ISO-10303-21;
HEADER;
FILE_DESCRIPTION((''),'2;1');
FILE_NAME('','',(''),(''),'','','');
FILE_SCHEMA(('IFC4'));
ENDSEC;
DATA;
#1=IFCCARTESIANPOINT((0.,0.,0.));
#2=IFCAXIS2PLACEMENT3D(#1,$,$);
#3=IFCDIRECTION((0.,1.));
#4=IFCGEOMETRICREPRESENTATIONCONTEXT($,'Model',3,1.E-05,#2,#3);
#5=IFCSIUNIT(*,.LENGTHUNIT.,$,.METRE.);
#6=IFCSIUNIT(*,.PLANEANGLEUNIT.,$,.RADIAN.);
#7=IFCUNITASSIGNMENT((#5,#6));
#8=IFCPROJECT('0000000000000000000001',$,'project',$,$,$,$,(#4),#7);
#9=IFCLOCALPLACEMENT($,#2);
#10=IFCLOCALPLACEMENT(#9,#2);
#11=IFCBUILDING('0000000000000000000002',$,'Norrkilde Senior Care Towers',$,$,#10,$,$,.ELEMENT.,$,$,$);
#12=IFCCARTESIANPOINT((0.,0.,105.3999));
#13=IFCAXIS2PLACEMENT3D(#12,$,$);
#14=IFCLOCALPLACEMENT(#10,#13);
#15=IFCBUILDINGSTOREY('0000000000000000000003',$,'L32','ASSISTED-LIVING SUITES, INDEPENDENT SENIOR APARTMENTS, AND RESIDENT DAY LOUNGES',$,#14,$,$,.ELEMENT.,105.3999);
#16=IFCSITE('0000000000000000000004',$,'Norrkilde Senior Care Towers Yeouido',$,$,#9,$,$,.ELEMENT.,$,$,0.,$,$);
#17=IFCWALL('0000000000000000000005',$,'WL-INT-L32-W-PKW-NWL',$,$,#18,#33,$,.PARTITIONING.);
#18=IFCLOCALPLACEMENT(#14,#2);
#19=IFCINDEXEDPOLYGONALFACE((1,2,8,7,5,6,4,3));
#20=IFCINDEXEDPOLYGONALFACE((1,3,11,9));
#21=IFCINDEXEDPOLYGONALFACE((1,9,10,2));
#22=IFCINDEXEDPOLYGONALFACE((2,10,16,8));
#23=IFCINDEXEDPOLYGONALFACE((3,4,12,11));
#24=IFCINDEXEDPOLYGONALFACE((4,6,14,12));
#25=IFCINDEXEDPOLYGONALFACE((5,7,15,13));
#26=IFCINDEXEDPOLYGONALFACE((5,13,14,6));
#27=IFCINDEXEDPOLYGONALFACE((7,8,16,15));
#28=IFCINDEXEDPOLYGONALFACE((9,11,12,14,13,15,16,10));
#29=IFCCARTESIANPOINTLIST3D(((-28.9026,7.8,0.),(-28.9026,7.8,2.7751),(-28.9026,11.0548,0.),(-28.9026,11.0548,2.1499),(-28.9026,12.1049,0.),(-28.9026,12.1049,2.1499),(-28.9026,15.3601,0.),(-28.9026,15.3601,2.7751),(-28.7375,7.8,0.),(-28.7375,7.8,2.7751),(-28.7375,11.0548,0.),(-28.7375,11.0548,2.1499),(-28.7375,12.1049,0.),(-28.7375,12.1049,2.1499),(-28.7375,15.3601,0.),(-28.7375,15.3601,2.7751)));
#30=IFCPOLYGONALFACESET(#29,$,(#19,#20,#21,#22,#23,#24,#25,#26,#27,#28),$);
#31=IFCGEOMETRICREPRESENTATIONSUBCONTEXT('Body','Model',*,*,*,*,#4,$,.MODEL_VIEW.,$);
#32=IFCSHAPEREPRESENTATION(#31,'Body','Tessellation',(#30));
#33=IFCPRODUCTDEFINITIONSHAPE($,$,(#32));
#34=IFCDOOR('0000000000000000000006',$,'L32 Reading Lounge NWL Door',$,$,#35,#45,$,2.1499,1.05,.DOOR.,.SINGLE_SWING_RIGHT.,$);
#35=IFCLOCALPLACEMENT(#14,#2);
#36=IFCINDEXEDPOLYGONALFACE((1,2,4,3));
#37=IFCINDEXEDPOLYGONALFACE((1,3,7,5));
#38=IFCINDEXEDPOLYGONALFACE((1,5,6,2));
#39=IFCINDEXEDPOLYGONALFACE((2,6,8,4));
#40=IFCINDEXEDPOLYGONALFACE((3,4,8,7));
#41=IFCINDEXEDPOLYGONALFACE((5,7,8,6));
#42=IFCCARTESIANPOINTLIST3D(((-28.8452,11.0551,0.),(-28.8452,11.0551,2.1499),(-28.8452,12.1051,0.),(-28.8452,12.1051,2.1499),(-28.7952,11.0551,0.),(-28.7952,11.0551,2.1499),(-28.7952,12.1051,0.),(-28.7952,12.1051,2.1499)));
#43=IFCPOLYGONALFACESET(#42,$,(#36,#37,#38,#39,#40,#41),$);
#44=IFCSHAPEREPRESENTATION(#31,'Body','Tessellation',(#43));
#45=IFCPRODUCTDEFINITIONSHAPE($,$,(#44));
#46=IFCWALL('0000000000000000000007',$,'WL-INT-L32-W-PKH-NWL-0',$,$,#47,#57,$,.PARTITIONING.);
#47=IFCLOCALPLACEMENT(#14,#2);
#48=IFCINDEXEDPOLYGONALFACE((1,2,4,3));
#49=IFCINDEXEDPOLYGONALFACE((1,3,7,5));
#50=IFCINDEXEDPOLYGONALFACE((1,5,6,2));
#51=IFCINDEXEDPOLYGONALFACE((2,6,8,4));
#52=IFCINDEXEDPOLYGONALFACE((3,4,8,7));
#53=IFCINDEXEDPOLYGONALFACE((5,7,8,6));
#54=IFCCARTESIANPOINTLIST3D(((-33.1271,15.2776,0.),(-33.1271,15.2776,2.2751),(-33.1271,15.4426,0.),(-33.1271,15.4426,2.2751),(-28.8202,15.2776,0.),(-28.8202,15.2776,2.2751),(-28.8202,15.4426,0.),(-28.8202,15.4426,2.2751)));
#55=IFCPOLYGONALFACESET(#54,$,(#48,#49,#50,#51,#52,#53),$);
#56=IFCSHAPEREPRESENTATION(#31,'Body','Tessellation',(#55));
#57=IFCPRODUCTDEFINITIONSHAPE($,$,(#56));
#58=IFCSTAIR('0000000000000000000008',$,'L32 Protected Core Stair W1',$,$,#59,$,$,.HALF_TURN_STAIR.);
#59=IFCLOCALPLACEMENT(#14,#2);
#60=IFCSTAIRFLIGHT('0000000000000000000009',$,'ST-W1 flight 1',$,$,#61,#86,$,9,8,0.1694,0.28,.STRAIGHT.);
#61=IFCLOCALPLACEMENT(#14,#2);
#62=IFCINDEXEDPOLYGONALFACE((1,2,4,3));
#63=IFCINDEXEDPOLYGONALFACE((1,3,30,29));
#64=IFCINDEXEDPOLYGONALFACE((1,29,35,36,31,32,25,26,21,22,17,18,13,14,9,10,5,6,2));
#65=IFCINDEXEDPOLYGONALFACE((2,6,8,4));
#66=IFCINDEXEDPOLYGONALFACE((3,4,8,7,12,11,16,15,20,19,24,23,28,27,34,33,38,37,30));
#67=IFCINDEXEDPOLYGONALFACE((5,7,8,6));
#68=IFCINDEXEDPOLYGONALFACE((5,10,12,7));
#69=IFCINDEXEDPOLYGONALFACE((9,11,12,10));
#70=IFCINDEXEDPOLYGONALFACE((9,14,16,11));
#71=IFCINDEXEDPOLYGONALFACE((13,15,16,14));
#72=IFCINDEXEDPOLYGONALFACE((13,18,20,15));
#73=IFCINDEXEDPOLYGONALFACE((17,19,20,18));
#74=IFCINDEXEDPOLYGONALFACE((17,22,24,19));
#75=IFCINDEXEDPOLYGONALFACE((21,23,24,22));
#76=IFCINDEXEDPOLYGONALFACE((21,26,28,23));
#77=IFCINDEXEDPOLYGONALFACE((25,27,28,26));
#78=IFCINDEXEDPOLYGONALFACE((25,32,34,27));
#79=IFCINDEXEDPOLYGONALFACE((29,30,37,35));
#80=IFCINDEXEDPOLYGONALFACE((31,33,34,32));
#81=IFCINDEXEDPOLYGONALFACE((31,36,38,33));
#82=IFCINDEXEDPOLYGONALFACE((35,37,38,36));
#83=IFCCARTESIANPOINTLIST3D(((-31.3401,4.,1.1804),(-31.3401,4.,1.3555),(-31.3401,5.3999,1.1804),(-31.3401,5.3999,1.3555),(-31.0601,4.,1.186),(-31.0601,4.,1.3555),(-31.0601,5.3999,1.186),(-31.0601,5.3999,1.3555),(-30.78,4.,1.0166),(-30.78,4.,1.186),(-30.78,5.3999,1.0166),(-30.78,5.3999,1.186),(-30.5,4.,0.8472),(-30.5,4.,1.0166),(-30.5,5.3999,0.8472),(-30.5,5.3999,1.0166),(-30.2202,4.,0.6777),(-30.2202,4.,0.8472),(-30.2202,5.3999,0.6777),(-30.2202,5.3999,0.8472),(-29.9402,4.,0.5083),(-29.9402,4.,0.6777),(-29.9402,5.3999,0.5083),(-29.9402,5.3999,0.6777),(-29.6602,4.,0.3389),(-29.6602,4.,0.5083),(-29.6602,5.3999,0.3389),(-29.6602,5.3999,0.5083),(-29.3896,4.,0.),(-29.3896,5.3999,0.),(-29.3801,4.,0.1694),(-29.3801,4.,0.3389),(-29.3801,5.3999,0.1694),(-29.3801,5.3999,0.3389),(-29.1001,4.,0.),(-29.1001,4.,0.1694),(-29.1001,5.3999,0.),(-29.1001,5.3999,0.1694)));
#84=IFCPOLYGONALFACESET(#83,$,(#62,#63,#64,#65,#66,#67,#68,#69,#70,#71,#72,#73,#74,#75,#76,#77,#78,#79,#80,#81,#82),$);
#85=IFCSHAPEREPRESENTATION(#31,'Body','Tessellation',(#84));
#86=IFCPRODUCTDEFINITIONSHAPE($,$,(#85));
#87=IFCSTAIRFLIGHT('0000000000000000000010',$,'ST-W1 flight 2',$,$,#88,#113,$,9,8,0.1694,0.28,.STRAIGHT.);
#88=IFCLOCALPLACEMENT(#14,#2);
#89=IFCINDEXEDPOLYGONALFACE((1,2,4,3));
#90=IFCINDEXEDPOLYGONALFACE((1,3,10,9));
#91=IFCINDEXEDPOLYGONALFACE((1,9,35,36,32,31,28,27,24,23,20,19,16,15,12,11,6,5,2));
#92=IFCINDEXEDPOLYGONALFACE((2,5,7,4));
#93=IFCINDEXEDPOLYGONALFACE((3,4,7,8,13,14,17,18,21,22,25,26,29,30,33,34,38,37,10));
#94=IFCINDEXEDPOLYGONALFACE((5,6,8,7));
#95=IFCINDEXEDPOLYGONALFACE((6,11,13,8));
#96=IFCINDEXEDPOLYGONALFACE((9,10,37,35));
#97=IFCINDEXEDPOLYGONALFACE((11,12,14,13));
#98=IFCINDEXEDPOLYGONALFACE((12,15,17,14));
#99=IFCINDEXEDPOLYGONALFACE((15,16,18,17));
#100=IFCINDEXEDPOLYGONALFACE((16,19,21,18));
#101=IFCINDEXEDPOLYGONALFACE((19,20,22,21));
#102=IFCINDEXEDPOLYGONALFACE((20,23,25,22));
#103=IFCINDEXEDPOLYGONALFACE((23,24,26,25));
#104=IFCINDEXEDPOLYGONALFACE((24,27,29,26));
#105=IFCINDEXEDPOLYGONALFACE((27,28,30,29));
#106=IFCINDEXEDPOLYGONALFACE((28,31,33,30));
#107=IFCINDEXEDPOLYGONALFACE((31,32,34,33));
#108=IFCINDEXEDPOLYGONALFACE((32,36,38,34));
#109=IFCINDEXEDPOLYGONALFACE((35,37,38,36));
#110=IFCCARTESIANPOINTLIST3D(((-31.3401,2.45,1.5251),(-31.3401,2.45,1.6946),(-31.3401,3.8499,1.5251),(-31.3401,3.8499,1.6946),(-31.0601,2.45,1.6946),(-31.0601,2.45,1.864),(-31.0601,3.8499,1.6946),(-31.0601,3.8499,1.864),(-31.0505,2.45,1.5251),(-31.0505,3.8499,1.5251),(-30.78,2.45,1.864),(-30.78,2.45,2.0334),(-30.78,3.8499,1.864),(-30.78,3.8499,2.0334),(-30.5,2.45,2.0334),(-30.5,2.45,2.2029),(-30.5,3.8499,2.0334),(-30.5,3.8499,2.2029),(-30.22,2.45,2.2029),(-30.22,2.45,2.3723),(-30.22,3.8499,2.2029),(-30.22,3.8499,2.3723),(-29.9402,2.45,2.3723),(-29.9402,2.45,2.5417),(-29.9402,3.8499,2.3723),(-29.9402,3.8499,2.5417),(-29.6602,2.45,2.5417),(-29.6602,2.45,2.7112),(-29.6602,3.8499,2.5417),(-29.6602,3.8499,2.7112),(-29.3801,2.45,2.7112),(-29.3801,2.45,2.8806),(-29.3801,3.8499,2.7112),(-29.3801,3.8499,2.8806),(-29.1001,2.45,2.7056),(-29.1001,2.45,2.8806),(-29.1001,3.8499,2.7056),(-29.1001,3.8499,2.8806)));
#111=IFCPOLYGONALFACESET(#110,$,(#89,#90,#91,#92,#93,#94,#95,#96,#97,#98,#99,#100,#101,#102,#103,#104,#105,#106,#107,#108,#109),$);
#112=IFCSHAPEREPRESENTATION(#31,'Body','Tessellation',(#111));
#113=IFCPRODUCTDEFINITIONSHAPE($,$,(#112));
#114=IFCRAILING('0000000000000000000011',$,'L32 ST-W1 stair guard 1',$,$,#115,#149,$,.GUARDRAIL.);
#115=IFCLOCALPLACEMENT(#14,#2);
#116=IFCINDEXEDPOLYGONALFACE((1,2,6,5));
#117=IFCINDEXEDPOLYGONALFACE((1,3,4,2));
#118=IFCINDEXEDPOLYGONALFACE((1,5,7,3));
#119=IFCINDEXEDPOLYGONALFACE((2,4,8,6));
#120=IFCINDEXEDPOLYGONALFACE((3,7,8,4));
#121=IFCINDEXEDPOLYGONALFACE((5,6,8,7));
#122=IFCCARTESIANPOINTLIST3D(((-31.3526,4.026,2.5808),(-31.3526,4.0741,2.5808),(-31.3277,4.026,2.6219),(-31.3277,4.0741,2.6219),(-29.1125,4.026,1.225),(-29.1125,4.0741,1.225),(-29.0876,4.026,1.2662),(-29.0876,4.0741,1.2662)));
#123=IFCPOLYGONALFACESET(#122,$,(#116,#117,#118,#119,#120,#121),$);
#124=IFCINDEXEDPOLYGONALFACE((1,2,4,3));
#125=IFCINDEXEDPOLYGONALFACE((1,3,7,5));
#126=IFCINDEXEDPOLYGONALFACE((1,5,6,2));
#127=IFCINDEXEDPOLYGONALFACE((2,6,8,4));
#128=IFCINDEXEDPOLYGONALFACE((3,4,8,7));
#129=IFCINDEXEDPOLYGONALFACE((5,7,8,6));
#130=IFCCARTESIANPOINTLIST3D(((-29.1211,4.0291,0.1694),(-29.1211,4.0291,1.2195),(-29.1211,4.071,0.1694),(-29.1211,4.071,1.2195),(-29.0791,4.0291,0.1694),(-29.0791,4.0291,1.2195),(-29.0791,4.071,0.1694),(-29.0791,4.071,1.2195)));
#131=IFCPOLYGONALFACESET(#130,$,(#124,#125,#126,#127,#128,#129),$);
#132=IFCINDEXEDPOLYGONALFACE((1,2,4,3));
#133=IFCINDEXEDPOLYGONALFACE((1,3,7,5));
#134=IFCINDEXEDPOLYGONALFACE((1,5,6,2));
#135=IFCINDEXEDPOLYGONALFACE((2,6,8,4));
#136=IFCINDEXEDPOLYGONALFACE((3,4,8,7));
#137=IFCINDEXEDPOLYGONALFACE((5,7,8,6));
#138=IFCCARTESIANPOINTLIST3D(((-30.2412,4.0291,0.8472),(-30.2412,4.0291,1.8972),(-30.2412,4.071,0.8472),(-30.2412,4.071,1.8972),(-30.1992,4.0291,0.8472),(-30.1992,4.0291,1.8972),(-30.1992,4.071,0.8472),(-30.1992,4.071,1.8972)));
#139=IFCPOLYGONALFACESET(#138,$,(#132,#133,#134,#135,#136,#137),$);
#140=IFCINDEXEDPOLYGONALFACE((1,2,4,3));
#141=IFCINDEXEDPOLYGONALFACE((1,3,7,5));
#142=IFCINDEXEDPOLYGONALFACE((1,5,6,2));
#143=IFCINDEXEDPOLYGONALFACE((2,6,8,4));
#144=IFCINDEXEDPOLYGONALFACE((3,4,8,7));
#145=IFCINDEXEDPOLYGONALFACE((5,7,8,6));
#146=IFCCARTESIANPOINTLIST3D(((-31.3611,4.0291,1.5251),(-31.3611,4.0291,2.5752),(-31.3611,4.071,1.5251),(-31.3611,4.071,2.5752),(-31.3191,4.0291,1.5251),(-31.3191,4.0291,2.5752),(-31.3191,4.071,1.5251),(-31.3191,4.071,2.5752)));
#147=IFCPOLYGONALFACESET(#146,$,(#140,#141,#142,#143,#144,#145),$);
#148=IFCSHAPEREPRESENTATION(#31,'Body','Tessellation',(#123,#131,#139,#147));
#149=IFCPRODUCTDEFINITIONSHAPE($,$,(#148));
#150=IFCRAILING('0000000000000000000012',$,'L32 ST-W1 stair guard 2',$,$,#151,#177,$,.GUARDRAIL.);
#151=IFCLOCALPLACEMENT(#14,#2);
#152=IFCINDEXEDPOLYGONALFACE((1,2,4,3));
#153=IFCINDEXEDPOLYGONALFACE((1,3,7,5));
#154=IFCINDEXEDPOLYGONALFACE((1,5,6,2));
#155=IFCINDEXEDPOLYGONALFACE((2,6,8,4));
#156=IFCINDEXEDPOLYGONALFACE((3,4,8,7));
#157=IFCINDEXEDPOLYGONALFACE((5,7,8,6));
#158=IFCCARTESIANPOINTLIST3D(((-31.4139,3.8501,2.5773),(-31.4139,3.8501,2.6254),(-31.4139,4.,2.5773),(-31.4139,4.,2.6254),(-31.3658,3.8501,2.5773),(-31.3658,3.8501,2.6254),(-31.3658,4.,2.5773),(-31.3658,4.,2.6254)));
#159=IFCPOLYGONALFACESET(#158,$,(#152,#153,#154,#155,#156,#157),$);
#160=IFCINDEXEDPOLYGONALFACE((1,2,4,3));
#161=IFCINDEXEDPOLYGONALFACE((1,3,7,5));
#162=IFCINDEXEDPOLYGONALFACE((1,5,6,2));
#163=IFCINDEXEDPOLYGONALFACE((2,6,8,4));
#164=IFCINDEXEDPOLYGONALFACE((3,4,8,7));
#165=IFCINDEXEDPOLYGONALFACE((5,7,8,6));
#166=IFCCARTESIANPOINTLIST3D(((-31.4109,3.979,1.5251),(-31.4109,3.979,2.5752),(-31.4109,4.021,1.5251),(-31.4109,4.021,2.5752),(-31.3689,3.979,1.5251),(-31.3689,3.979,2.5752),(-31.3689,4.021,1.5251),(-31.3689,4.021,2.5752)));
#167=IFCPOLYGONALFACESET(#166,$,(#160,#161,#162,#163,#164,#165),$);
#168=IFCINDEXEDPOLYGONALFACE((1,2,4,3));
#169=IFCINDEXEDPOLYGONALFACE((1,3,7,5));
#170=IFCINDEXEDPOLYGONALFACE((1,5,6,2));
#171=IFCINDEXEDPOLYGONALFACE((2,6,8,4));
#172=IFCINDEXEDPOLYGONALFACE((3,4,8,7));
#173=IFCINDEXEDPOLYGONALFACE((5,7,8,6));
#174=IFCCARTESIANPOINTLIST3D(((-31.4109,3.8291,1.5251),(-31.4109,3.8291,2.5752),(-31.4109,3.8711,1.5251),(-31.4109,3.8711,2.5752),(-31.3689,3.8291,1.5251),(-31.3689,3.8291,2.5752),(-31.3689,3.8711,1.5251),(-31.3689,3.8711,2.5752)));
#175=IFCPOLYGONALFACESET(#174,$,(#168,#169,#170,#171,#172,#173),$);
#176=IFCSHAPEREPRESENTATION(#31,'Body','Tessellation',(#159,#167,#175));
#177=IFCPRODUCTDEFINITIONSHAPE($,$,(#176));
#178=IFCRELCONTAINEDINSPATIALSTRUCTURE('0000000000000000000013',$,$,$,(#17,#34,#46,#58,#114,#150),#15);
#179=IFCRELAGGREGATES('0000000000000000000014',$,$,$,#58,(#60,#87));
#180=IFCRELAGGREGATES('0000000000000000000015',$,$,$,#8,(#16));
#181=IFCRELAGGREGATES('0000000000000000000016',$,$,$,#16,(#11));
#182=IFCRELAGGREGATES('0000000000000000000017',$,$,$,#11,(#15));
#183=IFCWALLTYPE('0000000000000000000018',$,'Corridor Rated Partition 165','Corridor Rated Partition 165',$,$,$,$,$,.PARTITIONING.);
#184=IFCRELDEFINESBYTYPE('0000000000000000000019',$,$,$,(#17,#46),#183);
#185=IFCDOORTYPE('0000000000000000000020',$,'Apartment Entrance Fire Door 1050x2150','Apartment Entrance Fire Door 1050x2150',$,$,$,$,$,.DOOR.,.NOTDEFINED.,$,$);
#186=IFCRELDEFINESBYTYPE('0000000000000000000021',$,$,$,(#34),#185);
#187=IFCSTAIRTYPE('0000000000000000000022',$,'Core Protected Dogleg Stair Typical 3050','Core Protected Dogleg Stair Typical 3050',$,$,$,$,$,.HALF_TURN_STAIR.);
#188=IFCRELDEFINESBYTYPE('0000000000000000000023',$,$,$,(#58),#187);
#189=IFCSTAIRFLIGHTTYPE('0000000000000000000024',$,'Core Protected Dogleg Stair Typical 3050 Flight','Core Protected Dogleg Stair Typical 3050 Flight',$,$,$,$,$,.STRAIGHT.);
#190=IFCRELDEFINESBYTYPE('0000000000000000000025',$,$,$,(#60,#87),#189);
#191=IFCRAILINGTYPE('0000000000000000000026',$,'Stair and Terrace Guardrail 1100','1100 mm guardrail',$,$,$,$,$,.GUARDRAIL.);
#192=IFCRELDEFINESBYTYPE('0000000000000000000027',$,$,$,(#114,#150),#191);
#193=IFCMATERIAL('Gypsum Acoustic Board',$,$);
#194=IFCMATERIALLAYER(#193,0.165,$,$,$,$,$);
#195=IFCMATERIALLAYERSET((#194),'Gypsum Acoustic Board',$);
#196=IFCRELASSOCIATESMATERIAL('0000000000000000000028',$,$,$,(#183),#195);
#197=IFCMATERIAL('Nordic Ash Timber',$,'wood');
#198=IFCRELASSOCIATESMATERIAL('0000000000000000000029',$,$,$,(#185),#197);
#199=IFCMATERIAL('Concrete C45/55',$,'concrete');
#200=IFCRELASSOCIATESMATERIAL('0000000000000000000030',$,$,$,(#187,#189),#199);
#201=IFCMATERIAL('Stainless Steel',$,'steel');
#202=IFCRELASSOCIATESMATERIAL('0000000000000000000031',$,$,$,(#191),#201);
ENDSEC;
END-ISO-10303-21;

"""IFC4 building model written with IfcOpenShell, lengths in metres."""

from ifc_helpers import new_model, si_unit, direction, frame, frame_2d, origin, origin_2d, place, context, subcontext, project, spatial, polyline, rectangle, outline, extrude, source, transform, mapped, material, layer, layer_set, type_object, type_shapes, element, fill, aggregate, save


model = new_model("IFC4")

# Units and contexts
model_context = context("Model", 3, precision=1e-05, world=origin(), true_north=direction((0.0, 1.0)))
body_context = subcontext(model_context, "Body", "Model", "MODEL_VIEW")
ifc_project = project(units=[si_unit("LENGTHUNIT", "METRE"), si_unit("PLANEANGLEUNIT", "RADIAN")], contexts=[model_context])

# Site, building, storey
site_placement = place(None, origin())
site = spatial("IfcSite", under=ifc_project, at=site_placement, Name="Norrkilde Senior Care Towers Yeouido", CompositionType="ELEMENT", RefElevation=0.0)
building_placement = place(site_placement, origin())
building = spatial("IfcBuilding", under=site, at=building_placement, Name="Norrkilde Senior Care Towers", CompositionType="ELEMENT")
storey_placement = place(building_placement, frame((0.0, 0.0, 105.3999)))
storey = spatial("IfcBuildingStorey", under=building, at=storey_placement, Name="L32", Description="ASSISTED-LIVING SUITES, INDEPENDENT SENIOR APARTMENTS, AND RESIDENT DAY LOUNGES", CompositionType="ELEMENT", Elevation=105.3999)

# Shared definitions
ifc_material_1 = material(Name="Concrete C45/55", Category="concrete")
ifc_material_2 = material(Name="Gypsum Acoustic Board")
ifc_layer_1 = layer(ifc_material_2, 0.165)
ifc_layer_set_1 = layer_set([ifc_layer_1], Name="Gypsum Acoustic Board")
wall_type_1 = type_object("IfcWallType", Name="Corridor Rated Partition 165", Description="Corridor Rated Partition 165", PredefinedType="PARTITIONING", material=ifc_layer_set_1)

# Wall, opening, door
shared_shape_1 = source(origin(), body_context, "Body", "SweptSolid", [
    extrude(rectangle(XDim=7.5601, YDim=0.165, at=frame_2d((3.78, 0.0))), origin(), (0.0, 0.0, 1.0), 2.7751),
])
wall_1_placement = place(storey_placement, frame((-28.8201, 7.8, 0.0), z_axis=(0.0, 0.0, 1.0), x_axis=(0.0, 1.0, 0.0)))
wall_1 = element("IfcWall", 1, at=wall_1_placement, inside=storey, type_object=wall_type_1, Name="WL-INT-L32-W-PKW-NWL", PredefinedType="PARTITIONING", context=body_context, shape_type="MappedRepresentation", body=[
    mapped(shared_shape_1, transform((0.0, 0.0, 0.0), x_axis=(1.0, 0.0, 0.0), y_axis=(0.0, 1.0, 0.0), z_axis=(0.0, 0.0, 1.0), scale=1.0)),
])
opening_placement = place(wall_1_placement, frame((3.2549, 0.0, 0.0)))
opening = element("IfcOpeningElement", 2, at=opening_placement, cuts=wall_1, PredefinedType="OPENING", context=body_context, shape_type="SweptSolid", body=[
    extrude(rectangle(XDim=1.05, YDim=2.1499, at=frame_2d((0.5249, 1.075))), frame((0.0, 0.0925, 0.0), z_axis=(0.0, -1.0, 0.0), x_axis=(1.0, 0.0, 0.0)), (0.0, 0.0, 1.0), 0.1851),
])
ifc_material_3 = material(Name="Nordic Ash Timber", Category="wood")
door_type = type_object("IfcDoorType", Name="Apartment Entrance Fire Door 1050x2150", Description="Apartment Entrance Fire Door 1050x2150", OperationType="NOTDEFINED", PredefinedType="DOOR", material=ifc_material_3)
shared_shape_2 = source(origin(), body_context, "Body", "SweptSolid", [
    extrude(rectangle(XDim=1.05, YDim=2.1499, at=frame_2d((0.5249, 1.075))), frame((0.0, 0.0249, 0.0), z_axis=(0.0, -1.0, 0.0), x_axis=(1.0, 0.0, 0.0)), (0.0, 0.0, 1.0), 0.05),
])
type_shapes(door_type, [shared_shape_2])
door_placement = place(opening_placement, frame((1.05, 0.0, 0.0), z_axis=(0.0, 0.0, 1.0), x_axis=(-1.0, 0.0, 0.0)))
door = element("IfcDoor", 3, at=door_placement, inside=storey, type_object=door_type, Name="L32 Reading Lounge NWL Door", OperationType="SINGLE_SWING_RIGHT", OverallHeight=2.1499, OverallWidth=1.05, PredefinedType="DOOR", context=body_context, shape_type="MappedRepresentation", body=[
    mapped(shared_shape_2, transform((0.0, 0.0, 0.0), x_axis=(1.0, 0.0, 0.0), y_axis=(0.0, 1.0, 0.0), z_axis=(0.0, 0.0, 1.0), scale=1.0)),
])
fill(opening, door)

# Wall
shared_shape_3 = source(origin(), body_context, "Body", "SweptSolid", [
    extrude(rectangle(XDim=4.3069, YDim=0.165, at=frame_2d((2.1533, 0.0))), origin(), (0.0, 0.0, 1.0), 2.2751),
])
wall_2_placement = place(storey_placement, frame((-33.127, 15.3601, 0.0), z_axis=(0.0, 0.0, 1.0), x_axis=(1.0, 0.0, 0.0)))
element("IfcWall", 4, at=wall_2_placement, inside=storey, type_object=wall_type_1, Name="WL-INT-L32-W-PKH-NWL-0", PredefinedType="PARTITIONING", context=body_context, shape_type="MappedRepresentation", body=[
    mapped(shared_shape_3, transform((0.0, 0.0, 0.0), x_axis=(1.0, 0.0, 0.0), y_axis=(0.0, 1.0, 0.0), z_axis=(0.0, 0.0, 1.0), scale=1.0)),
])

# Stair, stair flights
stair_type = type_object("IfcStairType", Name="Core Protected Dogleg Stair Typical 3050", Description="Core Protected Dogleg Stair Typical 3050", PredefinedType="HALF_TURN_STAIR", material=ifc_material_1)
stair_placement = place(storey_placement, origin())
stair = element("IfcStair", 5, at=stair_placement, inside=storey, type_object=stair_type, Name="L32 Protected Core Stair W1", PredefinedType="HALF_TURN_STAIR")
stair_flight_type = type_object("IfcStairFlightType", Name="Core Protected Dogleg Stair Typical 3050 Flight", Description="Core Protected Dogleg Stair Typical 3050 Flight", PredefinedType="STRAIGHT", material=ifc_material_1)
stair_flight_1_placement = place(storey_placement, frame((-29.1001, 4.7, 0.0), z_axis=(0.0, 0.0, 1.0), x_axis=(-1.0, 0.0, 0.0)))
stair_flight_1 = element("IfcStairFlight", 6, at=stair_flight_1_placement, type_object=stair_flight_type, Name="ST-W1 flight 1", NumberOfRisers=9, NumberOfTreads=8, PredefinedType="STRAIGHT", RiserHeight=0.1694, TreadLength=0.28, context=body_context, shape_type="SweptSolid", body=[
    extrude(outline(polyline([(0.0, 0.0), (0.0, 0.1694), (0.28, 0.1694), (0.28, 0.3389), (0.5601, 0.3389), (0.5601, 0.5083), (0.8401, 0.5083), (0.8401, 0.6777), (1.1201, 0.6777), (1.1201, 0.8472), (1.3999, 0.8472), (1.3999, 1.0166), (1.6799, 1.0166), (1.6799, 1.186), (1.96, 1.186), (1.96, 1.3555), (2.24, 1.3555), (2.24, 1.5249), (2.24, 1.1804), (0.2896, 0.0), (0.0, 0.0)])), frame((0.0, 0.7, 0.0), z_axis=(0.0, -1.0, 0.0), x_axis=(1.0, 0.0, 0.0)), (0.0, 0.0, 1.0), 1.3999),
])
stair_flight_2_placement = place(storey_placement, frame((-31.3401, 3.1499, 1.5251), z_axis=(0.0, 0.0, 1.0), x_axis=(1.0, 0.0, 0.0)))
stair_flight_2 = element("IfcStairFlight", 7, at=stair_flight_2_placement, type_object=stair_flight_type, Name="ST-W1 flight 2", NumberOfRisers=9, NumberOfTreads=8, PredefinedType="STRAIGHT", RiserHeight=0.1694, TreadLength=0.28, context=body_context, shape_type="SweptSolid", body=[
    extrude(outline(polyline([(0.0, 0.0), (0.0, 0.1694), (0.28, 0.1694), (0.28, 0.3389), (0.5601, 0.3389), (0.5601, 0.5083), (0.8401, 0.5083), (0.8401, 0.6777), (1.1201, 0.6777), (1.1201, 0.8472), (1.3999, 0.8472), (1.3999, 1.0166), (1.6799, 1.0166), (1.6799, 1.186), (1.96, 1.186), (1.96, 1.3555), (2.24, 1.3555), (2.24, 1.5249), (2.24, 1.1804), (0.2896, 0.0), (0.0, 0.0)])), frame((0.0, 0.7, 0.0), z_axis=(0.0, -1.0, 0.0), x_axis=(1.0, 0.0, 0.0)), (0.0, 0.0, 1.0), 1.3999),
])
aggregate(stair, [stair_flight_1, stair_flight_2])

# Railings
ifc_material_4 = material(Name="Stainless Steel", Category="steel")
railing_type_1 = type_object("IfcRailingType", Name="Stair and Terrace Guardrail 1100", Description="1100 mm guardrail", PredefinedType="GUARDRAIL", material=ifc_material_4)
railing_1_placement = place(storey_placement, frame((-29.1001, 4.05, 0.1694)))
element("IfcRailing", 8, at=railing_1_placement, inside=storey, type_object=railing_type_1, Name="L32 ST-W1 stair guard 1", PredefinedType="GUARDRAIL", context=body_context, shape_type="SweptSolid", body=[
    extrude(rectangle(XDim=0.0481, YDim=0.0481, at=origin_2d()), frame((0.0, 0.0, 1.0762), z_axis=(-0.855512, 0.0, 0.517783), x_axis=(0.0, -1.0, 0.0)), (0.0, 0.0, 1.0), 2.6184),
    extrude(rectangle(XDim=0.042, YDim=0.042, at=origin_2d()), origin(), (0.0, 0.0, 1.0), 1.05),
    extrude(rectangle(XDim=0.042, YDim=0.042, at=origin_2d()), frame((-1.1201, 0.0, 0.6777)), (0.0, 0.0, 1.0), 1.05),
    extrude(rectangle(XDim=0.042, YDim=0.042, at=origin_2d()), frame((-2.24, 0.0, 1.3557)), (0.0, 0.0, 1.0), 1.05),
])
railing_2_placement = place(storey_placement, frame((-31.3899, 4.0, 1.5251)))
element("IfcRailing", 9, at=railing_2_placement, inside=storey, type_object=railing_type_1, Name="L32 ST-W1 stair guard 2", PredefinedType="GUARDRAIL", context=body_context, shape_type="SweptSolid", body=[
    extrude(rectangle(XDim=0.0481, YDim=0.0481, at=origin_2d()), frame((0.0, 0.0, 1.0762), z_axis=(0.0, -1.0, 0.0), x_axis=(1.0, 0.0, 0.0)), (0.0, 0.0, 1.0), 0.1499),
    extrude(rectangle(XDim=0.042, YDim=0.042, at=origin_2d()), origin(), (0.0, 0.0, 1.0), 1.05),
    extrude(rectangle(XDim=0.042, YDim=0.042, at=origin_2d()), frame((0.0, -0.1499, 0.0)), (0.0, 0.0, 1.0), 1.05),
])

save(model, "model.ifc")
